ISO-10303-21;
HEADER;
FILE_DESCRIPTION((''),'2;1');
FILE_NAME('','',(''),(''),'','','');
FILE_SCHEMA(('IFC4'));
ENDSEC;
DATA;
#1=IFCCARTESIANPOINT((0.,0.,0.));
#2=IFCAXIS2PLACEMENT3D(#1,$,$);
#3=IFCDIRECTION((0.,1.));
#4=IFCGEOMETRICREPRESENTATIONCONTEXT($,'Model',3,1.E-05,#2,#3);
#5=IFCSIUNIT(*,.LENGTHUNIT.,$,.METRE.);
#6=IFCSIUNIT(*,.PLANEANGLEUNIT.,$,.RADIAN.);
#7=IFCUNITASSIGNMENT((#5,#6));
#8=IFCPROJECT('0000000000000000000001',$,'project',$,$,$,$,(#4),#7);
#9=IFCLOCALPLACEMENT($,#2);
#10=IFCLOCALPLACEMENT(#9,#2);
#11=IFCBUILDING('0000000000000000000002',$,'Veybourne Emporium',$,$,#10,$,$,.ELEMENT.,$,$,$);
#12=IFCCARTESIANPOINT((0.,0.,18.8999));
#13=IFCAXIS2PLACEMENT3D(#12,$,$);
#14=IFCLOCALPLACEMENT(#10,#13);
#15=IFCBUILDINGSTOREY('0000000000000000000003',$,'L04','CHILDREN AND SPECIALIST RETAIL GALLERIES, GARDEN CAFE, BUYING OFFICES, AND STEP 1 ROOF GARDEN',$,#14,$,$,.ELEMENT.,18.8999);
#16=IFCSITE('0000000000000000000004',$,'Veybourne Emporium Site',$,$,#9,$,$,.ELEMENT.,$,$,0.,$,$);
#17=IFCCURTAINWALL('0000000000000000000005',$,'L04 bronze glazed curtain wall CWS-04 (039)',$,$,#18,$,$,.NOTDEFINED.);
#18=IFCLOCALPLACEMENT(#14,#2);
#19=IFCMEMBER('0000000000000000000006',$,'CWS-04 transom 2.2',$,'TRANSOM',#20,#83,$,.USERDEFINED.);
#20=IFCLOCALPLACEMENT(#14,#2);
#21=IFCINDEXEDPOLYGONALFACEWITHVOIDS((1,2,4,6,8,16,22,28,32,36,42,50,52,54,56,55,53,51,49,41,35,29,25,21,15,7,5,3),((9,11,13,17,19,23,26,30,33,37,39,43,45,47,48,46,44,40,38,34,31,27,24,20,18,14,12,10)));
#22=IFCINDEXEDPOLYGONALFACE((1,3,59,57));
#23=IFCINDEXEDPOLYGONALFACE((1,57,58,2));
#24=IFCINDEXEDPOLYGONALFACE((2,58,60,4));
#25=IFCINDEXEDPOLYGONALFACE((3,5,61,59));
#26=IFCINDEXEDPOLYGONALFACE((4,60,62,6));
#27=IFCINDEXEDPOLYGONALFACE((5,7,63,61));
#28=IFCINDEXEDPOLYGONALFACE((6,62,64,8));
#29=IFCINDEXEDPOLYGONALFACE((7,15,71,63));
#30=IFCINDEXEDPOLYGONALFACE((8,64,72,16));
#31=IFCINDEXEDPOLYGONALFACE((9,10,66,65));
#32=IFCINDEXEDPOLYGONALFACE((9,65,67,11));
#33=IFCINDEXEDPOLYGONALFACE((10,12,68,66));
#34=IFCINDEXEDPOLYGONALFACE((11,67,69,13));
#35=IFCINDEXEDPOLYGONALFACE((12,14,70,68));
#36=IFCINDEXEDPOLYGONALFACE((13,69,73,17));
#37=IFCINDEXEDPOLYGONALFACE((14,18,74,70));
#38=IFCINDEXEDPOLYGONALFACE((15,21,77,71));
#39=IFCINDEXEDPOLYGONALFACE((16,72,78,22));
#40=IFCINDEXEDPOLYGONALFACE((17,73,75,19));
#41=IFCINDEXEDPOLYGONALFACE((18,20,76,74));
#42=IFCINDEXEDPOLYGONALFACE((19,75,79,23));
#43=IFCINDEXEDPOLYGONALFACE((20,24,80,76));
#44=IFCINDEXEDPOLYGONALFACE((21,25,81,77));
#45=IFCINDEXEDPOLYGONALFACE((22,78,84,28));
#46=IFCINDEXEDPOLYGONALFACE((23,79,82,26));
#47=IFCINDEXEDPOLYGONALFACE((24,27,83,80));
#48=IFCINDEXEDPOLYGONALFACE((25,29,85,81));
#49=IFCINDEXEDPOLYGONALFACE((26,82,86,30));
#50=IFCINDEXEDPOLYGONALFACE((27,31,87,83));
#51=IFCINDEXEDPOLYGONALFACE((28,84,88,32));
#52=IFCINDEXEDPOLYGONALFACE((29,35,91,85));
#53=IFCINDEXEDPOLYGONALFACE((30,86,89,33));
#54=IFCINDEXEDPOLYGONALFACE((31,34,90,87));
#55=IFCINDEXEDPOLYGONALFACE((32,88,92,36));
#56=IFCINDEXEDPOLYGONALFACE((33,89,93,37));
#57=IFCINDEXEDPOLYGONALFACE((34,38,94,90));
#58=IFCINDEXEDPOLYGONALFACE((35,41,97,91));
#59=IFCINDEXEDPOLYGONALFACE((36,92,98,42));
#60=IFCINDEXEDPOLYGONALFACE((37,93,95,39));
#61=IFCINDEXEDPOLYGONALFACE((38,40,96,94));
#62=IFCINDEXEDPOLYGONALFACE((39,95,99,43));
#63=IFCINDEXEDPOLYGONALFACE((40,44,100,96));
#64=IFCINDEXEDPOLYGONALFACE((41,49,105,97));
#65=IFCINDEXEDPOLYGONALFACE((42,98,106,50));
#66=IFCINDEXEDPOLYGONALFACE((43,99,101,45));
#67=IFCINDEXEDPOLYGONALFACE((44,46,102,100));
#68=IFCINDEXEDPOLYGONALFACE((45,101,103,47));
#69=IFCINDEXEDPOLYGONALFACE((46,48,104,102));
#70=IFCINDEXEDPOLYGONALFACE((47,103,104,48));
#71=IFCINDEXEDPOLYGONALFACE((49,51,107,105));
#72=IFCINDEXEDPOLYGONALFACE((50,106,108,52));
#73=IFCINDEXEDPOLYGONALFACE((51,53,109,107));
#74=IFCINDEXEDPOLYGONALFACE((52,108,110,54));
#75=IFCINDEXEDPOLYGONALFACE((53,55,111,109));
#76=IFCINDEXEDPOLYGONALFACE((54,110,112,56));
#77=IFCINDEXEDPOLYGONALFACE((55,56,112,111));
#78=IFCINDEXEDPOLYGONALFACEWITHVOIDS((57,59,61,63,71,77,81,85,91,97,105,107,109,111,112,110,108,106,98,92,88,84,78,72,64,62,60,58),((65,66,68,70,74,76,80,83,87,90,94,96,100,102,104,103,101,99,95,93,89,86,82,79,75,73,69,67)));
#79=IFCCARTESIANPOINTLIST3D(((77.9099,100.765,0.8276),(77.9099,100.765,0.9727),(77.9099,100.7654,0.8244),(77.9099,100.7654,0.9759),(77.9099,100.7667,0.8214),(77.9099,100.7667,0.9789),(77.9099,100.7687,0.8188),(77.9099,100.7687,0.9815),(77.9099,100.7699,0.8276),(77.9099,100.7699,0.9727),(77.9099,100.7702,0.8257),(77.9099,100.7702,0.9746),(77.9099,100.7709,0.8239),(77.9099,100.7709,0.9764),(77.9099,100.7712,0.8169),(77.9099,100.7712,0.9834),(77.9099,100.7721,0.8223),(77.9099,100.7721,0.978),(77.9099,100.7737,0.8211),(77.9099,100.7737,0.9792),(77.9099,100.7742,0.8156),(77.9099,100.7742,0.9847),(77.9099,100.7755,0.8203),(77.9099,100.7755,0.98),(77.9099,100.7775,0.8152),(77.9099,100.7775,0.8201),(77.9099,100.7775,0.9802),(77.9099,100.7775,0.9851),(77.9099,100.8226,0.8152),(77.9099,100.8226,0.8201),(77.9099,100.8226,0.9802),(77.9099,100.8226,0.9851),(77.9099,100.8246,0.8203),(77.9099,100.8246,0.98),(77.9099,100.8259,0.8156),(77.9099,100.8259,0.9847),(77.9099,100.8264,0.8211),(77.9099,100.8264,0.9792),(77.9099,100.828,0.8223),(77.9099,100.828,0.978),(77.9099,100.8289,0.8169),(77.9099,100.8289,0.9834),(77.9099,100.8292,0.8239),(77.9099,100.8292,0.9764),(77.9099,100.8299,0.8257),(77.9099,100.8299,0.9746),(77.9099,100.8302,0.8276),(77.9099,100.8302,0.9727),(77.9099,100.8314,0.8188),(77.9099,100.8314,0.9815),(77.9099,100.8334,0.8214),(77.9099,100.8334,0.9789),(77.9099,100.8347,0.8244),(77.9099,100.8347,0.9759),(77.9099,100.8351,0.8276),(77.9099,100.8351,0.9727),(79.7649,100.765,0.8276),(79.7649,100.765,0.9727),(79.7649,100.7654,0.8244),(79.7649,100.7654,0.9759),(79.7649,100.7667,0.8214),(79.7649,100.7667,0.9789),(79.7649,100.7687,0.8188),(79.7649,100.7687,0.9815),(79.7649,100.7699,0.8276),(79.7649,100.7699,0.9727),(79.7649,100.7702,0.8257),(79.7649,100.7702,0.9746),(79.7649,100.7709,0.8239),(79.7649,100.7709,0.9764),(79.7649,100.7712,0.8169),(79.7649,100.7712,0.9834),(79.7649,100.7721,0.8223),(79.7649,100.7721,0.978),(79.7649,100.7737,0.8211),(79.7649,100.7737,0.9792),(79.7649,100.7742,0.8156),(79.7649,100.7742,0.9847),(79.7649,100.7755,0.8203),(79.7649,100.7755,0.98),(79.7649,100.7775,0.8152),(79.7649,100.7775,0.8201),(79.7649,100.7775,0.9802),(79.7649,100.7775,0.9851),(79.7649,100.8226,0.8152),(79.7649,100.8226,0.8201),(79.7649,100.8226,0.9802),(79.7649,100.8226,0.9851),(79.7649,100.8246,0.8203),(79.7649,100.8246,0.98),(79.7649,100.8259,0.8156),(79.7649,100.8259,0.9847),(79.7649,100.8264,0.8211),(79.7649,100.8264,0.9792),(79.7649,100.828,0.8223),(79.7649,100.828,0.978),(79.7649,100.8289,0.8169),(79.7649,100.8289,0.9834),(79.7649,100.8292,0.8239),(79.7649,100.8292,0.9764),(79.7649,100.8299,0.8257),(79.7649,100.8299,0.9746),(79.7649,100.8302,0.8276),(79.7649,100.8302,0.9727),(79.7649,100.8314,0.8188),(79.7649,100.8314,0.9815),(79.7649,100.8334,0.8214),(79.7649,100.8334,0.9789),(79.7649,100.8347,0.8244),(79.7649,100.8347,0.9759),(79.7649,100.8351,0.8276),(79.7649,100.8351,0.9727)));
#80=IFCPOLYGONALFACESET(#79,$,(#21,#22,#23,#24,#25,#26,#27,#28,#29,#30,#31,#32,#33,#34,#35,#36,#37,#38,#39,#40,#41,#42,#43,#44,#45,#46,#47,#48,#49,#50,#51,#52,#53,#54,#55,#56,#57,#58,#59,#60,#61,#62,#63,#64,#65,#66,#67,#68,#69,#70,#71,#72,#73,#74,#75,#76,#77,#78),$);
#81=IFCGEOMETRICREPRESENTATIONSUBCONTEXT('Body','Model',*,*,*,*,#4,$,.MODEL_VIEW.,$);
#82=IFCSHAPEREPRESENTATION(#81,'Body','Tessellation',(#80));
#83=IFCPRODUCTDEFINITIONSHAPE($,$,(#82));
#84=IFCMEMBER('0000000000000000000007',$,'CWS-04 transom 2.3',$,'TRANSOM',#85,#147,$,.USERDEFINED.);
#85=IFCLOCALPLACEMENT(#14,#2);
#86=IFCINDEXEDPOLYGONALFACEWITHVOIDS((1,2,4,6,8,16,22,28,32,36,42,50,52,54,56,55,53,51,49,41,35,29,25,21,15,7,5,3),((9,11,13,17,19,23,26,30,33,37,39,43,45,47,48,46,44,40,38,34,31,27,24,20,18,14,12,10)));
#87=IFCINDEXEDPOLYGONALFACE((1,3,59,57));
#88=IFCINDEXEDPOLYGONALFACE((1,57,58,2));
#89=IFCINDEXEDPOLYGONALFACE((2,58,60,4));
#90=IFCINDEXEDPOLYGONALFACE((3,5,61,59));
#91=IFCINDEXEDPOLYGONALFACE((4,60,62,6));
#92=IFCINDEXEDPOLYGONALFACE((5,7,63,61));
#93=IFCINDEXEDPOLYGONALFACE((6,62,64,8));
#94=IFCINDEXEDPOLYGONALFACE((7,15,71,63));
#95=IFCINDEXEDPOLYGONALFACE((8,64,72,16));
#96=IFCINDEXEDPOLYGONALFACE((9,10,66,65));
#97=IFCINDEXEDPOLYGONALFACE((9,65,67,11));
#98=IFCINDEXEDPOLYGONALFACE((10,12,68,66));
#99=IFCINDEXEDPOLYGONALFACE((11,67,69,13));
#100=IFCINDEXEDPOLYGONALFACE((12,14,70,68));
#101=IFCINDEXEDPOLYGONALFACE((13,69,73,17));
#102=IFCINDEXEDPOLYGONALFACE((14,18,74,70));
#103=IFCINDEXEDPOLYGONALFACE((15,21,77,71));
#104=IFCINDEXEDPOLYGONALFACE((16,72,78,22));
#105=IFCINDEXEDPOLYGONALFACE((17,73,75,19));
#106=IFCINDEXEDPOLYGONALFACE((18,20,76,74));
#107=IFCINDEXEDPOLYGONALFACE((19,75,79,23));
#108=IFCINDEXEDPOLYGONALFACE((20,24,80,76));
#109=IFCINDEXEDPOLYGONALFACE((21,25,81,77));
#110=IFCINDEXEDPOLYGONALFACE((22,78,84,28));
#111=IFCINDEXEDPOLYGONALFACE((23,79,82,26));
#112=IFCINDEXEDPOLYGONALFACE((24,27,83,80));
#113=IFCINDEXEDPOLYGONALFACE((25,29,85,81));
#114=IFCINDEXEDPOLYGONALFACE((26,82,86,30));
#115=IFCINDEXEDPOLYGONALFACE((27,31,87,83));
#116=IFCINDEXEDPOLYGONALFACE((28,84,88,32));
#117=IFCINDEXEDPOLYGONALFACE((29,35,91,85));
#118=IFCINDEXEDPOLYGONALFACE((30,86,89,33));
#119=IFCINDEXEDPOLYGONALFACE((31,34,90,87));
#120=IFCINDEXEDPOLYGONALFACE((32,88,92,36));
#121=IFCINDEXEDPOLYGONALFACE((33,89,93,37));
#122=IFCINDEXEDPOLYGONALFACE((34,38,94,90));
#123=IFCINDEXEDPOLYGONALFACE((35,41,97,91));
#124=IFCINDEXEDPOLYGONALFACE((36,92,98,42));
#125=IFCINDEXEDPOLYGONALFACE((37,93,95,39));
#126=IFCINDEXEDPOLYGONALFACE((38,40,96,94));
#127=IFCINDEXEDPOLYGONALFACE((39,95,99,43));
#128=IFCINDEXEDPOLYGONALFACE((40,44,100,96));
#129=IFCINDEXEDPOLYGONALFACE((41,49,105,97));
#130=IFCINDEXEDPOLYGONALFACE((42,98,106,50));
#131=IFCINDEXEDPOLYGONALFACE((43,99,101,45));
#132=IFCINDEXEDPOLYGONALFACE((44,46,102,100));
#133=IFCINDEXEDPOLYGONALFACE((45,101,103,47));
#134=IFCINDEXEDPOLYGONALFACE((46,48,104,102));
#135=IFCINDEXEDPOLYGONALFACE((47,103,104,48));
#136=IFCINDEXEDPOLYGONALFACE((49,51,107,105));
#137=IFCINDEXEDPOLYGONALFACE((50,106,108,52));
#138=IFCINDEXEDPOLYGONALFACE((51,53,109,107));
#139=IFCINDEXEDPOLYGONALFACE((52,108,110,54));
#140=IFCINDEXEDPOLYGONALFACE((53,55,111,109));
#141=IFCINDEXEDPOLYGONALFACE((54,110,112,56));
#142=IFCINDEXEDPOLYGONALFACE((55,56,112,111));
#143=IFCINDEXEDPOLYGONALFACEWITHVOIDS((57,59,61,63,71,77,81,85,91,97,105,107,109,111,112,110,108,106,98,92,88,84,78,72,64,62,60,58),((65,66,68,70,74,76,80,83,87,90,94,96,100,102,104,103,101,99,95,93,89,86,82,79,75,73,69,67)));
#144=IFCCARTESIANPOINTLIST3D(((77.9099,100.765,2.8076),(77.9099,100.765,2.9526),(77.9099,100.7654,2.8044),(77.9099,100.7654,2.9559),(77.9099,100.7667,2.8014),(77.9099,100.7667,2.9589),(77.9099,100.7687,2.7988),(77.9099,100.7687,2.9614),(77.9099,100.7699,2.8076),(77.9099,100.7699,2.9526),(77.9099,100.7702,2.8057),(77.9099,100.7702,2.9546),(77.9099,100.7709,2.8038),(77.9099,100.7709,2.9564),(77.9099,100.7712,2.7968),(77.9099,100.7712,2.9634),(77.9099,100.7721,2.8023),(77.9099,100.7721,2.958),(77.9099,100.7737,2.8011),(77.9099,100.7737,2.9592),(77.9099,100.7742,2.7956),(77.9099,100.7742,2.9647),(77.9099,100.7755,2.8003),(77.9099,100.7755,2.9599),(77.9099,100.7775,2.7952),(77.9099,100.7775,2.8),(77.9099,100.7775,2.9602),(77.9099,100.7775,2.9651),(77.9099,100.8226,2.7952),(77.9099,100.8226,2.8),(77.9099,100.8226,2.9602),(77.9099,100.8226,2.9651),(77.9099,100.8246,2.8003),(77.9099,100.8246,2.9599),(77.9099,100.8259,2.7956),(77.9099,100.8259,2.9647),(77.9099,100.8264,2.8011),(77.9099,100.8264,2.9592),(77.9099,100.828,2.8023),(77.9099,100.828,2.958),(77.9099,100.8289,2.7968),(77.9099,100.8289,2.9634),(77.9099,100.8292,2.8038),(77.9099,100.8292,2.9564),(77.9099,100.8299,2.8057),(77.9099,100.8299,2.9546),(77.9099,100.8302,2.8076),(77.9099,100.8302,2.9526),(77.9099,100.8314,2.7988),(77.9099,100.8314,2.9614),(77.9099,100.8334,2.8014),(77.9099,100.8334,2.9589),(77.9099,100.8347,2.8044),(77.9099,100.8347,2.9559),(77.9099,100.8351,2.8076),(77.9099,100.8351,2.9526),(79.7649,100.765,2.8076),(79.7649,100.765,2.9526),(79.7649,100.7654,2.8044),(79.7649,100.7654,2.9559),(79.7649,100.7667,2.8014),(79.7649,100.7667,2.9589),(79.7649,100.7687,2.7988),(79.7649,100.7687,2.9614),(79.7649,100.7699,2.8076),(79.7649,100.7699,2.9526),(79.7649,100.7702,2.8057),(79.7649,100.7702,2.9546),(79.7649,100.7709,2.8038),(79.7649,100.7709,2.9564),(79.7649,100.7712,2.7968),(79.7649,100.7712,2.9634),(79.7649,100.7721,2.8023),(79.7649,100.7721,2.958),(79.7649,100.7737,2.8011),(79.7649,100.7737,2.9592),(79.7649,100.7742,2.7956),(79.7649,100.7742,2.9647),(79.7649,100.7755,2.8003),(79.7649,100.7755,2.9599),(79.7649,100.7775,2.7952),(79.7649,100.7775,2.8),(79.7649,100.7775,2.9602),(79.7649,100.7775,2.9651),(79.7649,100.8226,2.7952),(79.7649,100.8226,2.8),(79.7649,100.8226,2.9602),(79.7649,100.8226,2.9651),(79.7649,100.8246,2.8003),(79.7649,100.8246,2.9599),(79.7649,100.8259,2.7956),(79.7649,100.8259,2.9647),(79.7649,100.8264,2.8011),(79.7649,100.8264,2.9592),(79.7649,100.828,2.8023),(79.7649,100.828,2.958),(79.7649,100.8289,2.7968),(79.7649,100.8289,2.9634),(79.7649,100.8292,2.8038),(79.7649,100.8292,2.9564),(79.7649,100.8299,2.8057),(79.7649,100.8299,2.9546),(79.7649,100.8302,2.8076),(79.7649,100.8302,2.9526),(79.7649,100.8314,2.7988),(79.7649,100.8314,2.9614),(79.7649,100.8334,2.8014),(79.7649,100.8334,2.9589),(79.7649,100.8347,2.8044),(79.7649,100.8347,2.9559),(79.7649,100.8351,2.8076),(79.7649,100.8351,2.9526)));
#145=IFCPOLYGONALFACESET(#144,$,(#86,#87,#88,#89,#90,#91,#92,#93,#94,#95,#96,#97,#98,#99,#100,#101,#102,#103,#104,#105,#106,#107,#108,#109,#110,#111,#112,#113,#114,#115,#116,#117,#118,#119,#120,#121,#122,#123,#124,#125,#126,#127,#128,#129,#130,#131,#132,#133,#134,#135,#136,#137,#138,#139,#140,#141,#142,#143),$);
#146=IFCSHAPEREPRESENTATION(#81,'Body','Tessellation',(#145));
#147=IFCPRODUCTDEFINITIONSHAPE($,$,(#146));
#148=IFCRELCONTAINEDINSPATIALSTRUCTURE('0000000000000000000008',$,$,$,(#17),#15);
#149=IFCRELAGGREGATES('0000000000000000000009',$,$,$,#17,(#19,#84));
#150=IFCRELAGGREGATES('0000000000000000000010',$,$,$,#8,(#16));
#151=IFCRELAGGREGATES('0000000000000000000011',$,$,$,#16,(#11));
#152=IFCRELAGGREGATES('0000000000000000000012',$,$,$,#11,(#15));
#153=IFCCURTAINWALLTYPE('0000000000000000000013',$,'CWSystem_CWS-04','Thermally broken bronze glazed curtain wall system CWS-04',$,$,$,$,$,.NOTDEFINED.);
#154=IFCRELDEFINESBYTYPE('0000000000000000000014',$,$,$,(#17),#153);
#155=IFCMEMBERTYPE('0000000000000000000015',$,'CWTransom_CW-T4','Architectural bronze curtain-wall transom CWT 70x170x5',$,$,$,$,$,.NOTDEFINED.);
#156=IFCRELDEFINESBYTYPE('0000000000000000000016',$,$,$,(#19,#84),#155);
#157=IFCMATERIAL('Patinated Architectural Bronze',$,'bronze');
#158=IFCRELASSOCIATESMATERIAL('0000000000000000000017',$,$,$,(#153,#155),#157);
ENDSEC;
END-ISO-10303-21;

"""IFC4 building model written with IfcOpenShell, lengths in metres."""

from ifc_helpers import new_model, si_unit, direction, frame, origin, origin_2d, place, context, subcontext, project, spatial, hollow_rectangle, extrude, material, material_profile, profile_set, type_object, element, aggregate, save


model = new_model("IFC4")

# Units and contexts
model_context = context("Model", 3, precision=1e-05, world=origin(), true_north=direction((0.0, 1.0)))
body_context = subcontext(model_context, "Body", "Model", "MODEL_VIEW")
ifc_project = project(units=[si_unit("LENGTHUNIT", "METRE"), si_unit("PLANEANGLEUNIT", "RADIAN")], contexts=[model_context])

# Site, building, storey
site_placement = place(None, origin())
site = spatial("IfcSite", under=ifc_project, at=site_placement, Name="Veybourne Emporium Site", CompositionType="ELEMENT", RefElevation=0.0)
building_placement = place(site_placement, origin())
building = spatial("IfcBuilding", under=site, at=building_placement, Name="Veybourne Emporium", CompositionType="ELEMENT")
storey_placement = place(building_placement, frame((0.0, 0.0, 18.8999)))
storey = spatial("IfcBuildingStorey", under=building, at=storey_placement, Name="L04", Description="CHILDREN AND SPECIALIST RETAIL GALLERIES, GARDEN CAFE, BUYING OFFICES, AND STEP 1 ROOF GARDEN", CompositionType="ELEMENT", Elevation=18.8999)

# Curtain wall, members
ifc_material_1 = material(Name="Patinated Architectural Bronze", Category="bronze")
curtain_wall_type = type_object("IfcCurtainWallType", Name="CWSystem_CWS-04", Description="Thermally broken bronze glazed curtain wall system CWS-04", PredefinedType="NOTDEFINED", material=ifc_material_1)
curtain_wall_placement = place(storey_placement, origin())
curtain_wall = element("IfcCurtainWall", 1, at=curtain_wall_placement, inside=storey, type_object=curtain_wall_type, Name="L04 bronze glazed curtain wall CWS-04 (039)", PredefinedType="NOTDEFINED")
ifc_material_profile_1 = material_profile(ifc_material_1, hollow_rectangle(XDim=0.0701, YDim=0.1699, WallThickness=0.0049, InnerFilletRadius=0.0076, OuterFilletRadius=0.0125, at=origin_2d()), Name="CWT 70x170x5")
ifc_profile_set_1 = profile_set([ifc_material_profile_1], Name="Patinated Architectural Bronze")
member_type_1 = type_object("IfcMemberType", Name="CWTransom_CW-T4", Description="Architectural bronze curtain-wall transom CWT 70x170x5", PredefinedType="NOTDEFINED", material=ifc_profile_set_1)
member_1_placement = place(storey_placement, frame((77.9099, 100.8, 0.9001), z_axis=(1.0, 0.0, 0.0), x_axis=(0.0, 1.0, 0.0)))
member_1 = element("IfcMember", 2, at=member_1_placement, type_object=member_type_1, Name="CWS-04 transom 2.2", ObjectType="TRANSOM", PredefinedType="USERDEFINED", context=body_context, shape_type="SweptSolid", body=[
    extrude(hollow_rectangle(XDim=0.0701, YDim=0.1699, WallThickness=0.0049, InnerFilletRadius=0.0076, OuterFilletRadius=0.0125, at=origin_2d()), origin(), (0.0, 0.0, 1.0), 1.855),
])
member_2_placement = place(storey_placement, frame((77.9099, 100.8, 2.8801), z_axis=(1.0, 0.0, 0.0), x_axis=(0.0, 1.0, 0.0)))
member_2 = element("IfcMember", 3, at=member_2_placement, type_object=member_type_1, Name="CWS-04 transom 2.3", ObjectType="TRANSOM", PredefinedType="USERDEFINED", context=body_context, shape_type="SweptSolid", body=[
    extrude(hollow_rectangle(XDim=0.0701, YDim=0.1699, WallThickness=0.0049, InnerFilletRadius=0.0076, OuterFilletRadius=0.0125, at=origin_2d()), origin(), (0.0, 0.0, 1.0), 1.855),
])
aggregate(curtain_wall, [member_1, member_2])

save(model, "model.ifc")
